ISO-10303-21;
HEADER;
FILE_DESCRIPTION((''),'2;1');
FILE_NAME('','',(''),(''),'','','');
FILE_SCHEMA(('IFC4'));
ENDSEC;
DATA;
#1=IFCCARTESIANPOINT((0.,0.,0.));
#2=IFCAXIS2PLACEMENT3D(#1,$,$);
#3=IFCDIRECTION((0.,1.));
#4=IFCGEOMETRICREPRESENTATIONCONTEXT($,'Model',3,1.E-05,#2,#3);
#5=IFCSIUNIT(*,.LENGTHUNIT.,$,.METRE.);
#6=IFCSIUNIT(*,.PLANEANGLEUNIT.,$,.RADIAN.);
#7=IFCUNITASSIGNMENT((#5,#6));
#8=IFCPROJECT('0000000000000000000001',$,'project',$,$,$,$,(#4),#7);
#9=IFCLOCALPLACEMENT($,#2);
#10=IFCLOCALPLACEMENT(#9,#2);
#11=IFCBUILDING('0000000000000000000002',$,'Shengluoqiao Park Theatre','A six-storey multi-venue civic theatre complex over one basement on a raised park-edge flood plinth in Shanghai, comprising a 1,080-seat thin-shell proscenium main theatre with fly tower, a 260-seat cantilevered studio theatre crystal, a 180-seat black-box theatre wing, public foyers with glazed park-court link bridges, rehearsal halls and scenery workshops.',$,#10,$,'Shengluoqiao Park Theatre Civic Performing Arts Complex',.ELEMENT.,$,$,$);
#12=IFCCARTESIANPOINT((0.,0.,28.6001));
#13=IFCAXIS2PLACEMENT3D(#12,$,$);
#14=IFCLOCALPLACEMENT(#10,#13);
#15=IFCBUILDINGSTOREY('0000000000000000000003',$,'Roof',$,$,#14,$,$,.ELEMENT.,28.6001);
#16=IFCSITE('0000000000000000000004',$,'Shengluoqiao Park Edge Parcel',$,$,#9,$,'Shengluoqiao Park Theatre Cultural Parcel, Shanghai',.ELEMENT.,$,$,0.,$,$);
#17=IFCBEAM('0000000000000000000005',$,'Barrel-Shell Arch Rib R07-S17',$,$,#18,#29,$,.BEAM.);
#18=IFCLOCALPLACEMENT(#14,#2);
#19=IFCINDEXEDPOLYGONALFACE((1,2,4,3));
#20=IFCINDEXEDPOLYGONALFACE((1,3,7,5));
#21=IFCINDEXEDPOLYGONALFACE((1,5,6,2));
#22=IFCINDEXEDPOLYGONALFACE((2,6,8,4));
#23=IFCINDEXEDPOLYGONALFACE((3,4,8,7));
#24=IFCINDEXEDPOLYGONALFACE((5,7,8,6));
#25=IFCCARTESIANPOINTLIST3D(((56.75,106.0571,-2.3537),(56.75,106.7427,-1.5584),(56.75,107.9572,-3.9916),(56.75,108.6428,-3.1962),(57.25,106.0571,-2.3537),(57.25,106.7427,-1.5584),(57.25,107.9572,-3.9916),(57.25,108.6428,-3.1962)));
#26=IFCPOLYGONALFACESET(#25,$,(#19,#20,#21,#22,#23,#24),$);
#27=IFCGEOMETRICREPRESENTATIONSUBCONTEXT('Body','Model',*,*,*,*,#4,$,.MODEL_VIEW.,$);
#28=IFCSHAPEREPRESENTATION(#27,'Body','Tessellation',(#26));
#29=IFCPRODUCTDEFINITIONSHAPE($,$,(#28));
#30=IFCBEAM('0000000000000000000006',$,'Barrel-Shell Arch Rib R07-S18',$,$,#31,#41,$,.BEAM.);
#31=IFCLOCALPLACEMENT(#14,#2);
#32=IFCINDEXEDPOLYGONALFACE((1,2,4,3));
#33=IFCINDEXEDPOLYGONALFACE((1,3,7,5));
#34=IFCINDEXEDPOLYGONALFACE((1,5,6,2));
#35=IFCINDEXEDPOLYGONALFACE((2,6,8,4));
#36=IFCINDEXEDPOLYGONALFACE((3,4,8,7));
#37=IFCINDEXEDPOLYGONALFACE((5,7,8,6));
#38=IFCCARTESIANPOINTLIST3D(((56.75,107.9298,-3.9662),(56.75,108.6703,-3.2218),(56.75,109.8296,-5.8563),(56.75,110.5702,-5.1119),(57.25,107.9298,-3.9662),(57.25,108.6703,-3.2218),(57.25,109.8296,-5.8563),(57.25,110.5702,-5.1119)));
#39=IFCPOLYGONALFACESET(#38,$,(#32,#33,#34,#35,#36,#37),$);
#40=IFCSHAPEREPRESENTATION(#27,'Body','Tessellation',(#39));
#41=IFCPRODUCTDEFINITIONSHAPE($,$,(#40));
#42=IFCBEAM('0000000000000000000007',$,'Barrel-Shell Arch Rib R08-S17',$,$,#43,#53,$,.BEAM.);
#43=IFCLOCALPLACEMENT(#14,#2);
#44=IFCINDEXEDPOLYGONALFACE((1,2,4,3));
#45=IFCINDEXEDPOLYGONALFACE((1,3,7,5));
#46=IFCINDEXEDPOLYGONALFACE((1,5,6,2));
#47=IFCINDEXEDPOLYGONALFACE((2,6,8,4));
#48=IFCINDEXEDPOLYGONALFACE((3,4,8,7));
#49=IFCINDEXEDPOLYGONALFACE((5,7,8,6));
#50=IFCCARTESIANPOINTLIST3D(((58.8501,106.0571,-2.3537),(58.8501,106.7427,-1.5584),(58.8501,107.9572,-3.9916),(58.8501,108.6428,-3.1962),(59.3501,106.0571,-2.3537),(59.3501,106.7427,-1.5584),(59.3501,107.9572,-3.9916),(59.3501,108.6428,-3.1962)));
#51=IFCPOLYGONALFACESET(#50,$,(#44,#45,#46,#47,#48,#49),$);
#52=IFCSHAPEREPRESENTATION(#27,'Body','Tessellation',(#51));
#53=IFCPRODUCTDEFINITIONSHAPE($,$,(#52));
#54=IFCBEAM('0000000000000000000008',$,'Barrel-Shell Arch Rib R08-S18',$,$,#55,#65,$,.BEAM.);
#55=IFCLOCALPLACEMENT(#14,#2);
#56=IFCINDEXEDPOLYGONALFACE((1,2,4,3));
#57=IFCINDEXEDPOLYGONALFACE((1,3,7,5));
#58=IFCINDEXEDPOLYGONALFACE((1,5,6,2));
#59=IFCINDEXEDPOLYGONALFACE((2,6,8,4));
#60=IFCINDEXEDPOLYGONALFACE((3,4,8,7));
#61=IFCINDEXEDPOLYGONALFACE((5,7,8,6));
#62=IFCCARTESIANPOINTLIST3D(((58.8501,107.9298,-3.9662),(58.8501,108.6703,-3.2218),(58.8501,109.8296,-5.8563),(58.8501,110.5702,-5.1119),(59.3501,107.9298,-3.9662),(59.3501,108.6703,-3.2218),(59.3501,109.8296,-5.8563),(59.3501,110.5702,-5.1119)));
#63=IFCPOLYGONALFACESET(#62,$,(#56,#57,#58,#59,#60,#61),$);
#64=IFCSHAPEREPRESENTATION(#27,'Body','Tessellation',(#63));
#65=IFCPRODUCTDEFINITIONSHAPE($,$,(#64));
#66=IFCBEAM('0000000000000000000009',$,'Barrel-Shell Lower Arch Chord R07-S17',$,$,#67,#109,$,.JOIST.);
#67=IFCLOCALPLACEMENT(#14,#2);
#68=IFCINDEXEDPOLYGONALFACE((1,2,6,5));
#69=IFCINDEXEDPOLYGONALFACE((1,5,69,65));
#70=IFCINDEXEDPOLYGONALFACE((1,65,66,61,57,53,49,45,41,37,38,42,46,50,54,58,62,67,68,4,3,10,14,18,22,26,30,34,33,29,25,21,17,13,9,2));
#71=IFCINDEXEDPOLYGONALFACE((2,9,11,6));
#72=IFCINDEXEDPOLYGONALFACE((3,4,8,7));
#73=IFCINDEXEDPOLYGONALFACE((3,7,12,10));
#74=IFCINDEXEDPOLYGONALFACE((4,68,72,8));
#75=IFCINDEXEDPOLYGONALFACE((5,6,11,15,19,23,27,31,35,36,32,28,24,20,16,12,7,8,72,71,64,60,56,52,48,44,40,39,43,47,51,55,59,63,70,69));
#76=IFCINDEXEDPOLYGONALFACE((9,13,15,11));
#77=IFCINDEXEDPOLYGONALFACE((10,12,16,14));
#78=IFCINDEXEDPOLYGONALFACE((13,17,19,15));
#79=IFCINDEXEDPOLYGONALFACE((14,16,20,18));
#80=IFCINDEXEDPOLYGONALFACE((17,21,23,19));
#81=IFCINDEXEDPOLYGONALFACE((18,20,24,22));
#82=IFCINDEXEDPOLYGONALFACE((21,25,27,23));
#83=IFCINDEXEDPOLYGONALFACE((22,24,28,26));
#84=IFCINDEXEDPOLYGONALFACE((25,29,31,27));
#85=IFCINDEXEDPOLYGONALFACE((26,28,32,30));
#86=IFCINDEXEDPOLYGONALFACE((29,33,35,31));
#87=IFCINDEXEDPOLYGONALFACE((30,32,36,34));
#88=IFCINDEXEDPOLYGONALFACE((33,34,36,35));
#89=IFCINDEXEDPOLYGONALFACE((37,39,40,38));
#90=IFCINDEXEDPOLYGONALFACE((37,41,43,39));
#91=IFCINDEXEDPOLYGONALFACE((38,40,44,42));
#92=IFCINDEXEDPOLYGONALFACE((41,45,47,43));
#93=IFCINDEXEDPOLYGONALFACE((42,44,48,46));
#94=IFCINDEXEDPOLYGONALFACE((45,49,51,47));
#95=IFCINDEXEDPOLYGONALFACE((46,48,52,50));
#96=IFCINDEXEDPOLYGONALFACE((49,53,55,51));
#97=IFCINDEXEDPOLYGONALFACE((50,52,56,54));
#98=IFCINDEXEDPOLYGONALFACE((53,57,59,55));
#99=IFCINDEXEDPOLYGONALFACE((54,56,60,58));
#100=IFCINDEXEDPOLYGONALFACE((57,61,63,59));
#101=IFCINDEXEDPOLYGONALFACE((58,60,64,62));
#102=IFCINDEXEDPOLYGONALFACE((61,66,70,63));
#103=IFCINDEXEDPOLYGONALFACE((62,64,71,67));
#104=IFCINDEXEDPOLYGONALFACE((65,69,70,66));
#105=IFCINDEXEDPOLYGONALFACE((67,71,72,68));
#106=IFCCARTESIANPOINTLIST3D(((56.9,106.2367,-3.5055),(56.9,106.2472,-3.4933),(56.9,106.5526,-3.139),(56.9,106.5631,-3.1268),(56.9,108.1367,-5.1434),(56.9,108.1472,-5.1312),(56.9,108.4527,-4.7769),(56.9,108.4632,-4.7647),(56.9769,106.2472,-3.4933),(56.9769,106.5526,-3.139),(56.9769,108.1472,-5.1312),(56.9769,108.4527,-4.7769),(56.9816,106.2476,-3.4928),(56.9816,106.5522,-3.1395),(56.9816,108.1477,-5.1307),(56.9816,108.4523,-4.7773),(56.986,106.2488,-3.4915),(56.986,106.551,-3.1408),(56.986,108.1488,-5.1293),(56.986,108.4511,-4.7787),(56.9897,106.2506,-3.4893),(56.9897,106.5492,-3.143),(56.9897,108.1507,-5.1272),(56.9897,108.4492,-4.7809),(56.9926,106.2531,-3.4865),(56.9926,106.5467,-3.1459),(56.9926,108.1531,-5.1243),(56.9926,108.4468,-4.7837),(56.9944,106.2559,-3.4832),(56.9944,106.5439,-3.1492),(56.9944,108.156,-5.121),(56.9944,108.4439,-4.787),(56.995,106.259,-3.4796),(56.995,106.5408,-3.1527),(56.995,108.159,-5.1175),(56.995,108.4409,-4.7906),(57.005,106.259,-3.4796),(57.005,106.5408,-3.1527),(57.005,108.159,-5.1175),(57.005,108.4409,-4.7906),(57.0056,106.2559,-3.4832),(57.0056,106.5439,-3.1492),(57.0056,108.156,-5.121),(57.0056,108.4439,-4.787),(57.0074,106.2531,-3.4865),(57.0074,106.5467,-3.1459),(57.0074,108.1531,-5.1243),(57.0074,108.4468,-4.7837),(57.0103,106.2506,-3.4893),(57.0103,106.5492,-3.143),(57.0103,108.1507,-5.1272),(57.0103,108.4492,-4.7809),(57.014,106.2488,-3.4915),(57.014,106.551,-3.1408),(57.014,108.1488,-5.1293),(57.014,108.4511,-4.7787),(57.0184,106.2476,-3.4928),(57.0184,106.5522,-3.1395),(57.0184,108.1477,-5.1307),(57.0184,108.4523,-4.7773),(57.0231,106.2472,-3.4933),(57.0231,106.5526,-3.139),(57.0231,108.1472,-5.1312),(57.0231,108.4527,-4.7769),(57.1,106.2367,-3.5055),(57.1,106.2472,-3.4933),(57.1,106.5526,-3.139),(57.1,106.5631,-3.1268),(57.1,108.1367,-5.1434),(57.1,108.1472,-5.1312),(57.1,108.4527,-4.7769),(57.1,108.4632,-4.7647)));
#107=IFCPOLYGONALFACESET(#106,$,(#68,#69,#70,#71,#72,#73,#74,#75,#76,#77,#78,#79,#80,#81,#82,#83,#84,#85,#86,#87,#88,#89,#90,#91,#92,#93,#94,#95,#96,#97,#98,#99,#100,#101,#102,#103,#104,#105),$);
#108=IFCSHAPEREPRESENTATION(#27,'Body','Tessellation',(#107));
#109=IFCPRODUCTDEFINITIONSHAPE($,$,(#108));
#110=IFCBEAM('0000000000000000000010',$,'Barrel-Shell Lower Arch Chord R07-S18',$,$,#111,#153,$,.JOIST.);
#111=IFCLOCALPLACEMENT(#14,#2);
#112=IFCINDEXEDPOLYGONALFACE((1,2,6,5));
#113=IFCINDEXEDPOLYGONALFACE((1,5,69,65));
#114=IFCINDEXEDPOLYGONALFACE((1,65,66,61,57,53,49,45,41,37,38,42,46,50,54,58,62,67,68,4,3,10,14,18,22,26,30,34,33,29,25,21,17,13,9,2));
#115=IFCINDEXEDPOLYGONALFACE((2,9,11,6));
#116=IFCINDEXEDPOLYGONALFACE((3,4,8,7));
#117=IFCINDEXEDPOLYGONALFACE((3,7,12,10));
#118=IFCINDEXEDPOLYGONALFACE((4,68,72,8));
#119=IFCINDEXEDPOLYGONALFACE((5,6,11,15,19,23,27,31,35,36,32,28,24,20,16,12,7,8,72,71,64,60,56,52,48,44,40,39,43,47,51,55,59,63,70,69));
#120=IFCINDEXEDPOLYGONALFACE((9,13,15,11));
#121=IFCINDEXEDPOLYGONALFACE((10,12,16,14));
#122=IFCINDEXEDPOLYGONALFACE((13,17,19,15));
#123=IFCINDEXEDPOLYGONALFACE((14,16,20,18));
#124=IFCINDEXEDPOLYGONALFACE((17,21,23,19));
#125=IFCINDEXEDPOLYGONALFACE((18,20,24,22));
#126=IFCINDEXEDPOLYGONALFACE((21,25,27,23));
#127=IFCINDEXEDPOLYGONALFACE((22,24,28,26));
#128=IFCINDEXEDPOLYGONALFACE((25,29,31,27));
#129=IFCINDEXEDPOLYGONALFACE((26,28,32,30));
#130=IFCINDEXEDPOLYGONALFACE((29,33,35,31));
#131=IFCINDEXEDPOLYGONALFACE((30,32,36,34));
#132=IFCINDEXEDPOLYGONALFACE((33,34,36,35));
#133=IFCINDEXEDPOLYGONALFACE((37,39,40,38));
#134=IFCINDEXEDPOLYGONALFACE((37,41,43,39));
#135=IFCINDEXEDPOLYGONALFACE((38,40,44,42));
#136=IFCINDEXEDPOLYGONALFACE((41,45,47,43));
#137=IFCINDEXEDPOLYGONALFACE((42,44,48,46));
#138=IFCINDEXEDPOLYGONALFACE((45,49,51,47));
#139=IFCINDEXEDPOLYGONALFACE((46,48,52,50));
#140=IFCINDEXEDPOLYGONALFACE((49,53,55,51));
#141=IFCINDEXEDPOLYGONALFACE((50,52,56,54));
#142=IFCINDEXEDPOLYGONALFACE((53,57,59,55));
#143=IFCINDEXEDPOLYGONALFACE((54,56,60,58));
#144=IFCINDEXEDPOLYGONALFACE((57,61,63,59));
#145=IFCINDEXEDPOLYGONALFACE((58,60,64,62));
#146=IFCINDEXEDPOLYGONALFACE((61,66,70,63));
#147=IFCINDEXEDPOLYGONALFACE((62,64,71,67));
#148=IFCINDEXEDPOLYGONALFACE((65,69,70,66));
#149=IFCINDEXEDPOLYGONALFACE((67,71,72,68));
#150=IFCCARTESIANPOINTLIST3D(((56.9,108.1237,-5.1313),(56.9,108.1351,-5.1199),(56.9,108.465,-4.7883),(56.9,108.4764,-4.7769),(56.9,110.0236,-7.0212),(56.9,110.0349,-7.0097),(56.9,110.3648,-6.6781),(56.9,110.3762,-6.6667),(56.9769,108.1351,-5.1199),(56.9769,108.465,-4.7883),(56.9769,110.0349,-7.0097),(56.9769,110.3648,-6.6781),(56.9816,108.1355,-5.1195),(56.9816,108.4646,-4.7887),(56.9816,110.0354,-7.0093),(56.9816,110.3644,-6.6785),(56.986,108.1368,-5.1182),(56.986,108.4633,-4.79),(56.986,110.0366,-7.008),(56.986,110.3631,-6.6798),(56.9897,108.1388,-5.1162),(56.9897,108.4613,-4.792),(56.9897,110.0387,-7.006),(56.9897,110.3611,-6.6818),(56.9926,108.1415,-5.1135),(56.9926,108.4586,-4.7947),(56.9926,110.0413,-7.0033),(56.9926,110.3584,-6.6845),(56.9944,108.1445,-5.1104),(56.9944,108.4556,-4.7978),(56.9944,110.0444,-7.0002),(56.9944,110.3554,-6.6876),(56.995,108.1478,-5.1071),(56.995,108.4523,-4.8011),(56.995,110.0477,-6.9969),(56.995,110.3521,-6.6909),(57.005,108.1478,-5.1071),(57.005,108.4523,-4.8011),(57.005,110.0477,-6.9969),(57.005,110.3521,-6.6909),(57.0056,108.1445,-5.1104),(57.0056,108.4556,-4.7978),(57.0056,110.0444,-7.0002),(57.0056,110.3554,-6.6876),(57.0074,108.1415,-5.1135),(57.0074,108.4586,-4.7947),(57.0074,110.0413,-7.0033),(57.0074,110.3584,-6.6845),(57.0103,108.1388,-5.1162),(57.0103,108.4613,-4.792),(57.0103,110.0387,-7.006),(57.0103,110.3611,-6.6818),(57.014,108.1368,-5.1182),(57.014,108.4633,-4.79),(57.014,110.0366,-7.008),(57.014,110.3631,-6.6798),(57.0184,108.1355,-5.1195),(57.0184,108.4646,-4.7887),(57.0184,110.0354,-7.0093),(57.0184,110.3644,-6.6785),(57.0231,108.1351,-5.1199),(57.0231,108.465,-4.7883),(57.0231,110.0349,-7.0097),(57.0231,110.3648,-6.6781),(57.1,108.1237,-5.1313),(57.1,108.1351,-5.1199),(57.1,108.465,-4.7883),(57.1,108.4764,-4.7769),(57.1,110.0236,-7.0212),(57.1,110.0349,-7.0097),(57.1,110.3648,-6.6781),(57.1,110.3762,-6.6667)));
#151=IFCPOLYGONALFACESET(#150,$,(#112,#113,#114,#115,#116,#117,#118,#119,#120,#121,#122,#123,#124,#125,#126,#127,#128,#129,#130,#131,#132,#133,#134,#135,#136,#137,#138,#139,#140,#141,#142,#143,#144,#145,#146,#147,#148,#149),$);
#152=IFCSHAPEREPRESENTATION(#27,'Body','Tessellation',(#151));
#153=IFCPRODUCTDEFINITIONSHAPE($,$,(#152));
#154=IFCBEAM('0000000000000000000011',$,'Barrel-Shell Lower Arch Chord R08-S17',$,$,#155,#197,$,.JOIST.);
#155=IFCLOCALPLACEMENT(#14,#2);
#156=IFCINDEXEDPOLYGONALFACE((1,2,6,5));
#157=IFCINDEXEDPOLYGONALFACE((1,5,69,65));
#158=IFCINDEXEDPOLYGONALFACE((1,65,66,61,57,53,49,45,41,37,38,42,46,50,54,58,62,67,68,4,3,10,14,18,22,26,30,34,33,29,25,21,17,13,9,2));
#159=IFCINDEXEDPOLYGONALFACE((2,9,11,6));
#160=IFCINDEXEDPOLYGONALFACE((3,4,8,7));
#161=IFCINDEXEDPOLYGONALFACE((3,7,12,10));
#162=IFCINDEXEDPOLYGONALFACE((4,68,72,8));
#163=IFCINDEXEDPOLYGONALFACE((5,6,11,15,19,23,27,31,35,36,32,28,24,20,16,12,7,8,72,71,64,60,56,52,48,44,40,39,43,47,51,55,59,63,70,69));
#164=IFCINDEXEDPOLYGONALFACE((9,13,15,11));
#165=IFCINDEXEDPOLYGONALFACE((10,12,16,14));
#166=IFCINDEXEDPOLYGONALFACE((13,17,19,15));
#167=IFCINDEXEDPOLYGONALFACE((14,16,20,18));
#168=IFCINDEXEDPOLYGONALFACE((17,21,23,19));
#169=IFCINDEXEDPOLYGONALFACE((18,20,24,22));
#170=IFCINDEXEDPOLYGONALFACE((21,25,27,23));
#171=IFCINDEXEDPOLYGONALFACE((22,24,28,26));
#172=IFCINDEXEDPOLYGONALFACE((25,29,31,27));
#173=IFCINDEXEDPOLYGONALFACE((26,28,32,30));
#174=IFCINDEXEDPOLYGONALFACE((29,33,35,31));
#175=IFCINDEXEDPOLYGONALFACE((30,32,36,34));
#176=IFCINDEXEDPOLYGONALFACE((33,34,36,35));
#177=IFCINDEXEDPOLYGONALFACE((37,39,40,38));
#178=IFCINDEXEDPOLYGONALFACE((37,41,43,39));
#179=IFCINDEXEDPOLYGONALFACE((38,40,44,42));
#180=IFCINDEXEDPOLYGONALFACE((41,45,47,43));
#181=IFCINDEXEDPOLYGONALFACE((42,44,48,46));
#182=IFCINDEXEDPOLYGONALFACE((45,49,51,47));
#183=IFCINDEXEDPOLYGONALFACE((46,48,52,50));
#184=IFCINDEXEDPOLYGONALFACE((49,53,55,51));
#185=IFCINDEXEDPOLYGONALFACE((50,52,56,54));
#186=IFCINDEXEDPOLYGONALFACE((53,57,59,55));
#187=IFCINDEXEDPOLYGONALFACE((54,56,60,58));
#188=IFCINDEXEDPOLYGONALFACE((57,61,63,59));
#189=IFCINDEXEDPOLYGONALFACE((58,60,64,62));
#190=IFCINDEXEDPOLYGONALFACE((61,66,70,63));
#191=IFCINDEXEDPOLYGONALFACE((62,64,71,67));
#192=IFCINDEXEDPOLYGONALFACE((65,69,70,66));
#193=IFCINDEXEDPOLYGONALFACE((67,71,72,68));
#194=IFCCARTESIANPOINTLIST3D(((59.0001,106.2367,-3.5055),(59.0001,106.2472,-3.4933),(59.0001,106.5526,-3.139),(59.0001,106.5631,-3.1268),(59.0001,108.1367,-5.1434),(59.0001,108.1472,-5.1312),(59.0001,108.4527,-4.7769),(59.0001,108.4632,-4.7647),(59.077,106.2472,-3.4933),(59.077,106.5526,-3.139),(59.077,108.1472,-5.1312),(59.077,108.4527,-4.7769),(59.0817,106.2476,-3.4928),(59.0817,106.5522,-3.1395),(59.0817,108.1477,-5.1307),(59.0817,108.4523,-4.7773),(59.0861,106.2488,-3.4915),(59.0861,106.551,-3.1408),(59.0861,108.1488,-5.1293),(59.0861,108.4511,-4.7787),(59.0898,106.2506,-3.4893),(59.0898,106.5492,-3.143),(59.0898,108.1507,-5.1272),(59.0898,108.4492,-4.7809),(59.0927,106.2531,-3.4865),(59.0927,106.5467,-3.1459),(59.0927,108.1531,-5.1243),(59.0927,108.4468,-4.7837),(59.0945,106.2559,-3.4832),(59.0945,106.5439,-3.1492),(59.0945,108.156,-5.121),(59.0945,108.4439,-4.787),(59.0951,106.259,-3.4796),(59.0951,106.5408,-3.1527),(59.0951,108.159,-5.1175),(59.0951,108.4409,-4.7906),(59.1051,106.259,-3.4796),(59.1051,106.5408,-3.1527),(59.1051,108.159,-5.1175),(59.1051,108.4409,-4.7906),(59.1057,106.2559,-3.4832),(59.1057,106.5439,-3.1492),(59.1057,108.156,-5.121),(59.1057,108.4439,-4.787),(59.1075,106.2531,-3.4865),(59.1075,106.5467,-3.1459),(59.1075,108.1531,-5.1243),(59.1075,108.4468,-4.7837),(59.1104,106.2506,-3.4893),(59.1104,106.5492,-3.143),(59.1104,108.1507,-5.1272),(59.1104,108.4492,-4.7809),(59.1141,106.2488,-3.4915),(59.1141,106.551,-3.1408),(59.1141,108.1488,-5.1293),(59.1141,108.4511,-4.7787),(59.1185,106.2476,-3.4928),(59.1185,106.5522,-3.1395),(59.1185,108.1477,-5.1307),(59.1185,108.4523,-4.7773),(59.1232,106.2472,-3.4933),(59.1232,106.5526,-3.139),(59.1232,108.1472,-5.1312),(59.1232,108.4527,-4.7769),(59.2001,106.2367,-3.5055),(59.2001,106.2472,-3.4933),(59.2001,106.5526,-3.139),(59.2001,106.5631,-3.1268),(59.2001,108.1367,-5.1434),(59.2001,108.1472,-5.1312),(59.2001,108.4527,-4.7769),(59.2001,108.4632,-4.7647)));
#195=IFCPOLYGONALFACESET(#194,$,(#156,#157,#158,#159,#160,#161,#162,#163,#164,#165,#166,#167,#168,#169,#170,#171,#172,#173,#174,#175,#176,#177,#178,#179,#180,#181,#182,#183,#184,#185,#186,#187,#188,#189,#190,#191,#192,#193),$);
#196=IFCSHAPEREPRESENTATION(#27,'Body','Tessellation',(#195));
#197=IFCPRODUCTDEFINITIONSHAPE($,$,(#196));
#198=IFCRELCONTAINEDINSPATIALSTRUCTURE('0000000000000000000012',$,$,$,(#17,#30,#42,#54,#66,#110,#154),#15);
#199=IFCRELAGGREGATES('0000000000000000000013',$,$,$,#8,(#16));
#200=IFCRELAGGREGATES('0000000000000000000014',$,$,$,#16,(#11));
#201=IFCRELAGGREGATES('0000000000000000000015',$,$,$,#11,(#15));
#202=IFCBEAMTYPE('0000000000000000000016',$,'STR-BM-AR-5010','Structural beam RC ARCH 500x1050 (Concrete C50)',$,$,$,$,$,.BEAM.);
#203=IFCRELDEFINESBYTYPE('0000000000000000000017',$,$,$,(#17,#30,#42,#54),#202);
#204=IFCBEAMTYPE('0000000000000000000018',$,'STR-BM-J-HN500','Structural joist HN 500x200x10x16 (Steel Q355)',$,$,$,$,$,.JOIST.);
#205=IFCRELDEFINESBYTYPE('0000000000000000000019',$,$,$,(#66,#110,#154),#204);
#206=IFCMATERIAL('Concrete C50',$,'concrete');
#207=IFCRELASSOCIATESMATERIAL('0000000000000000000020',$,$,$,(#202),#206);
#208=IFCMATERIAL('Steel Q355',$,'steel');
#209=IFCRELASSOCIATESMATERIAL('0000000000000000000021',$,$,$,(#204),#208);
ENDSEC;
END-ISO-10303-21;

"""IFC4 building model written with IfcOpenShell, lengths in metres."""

from ifc_helpers import new_model, si_unit, direction, frame, origin, origin_2d, place, context, subcontext, project, spatial, rectangle, i_section, extrude, material, material_profile, profile_set, type_object, element, save


model = new_model("IFC4")

# Units and contexts
model_context = context("Model", 3, precision=1e-05, world=origin(), true_north=direction((0.0, 1.0)))
body_context = subcontext(model_context, "Body", "Model", "MODEL_VIEW")
ifc_project = project(units=[si_unit("LENGTHUNIT", "METRE"), si_unit("PLANEANGLEUNIT", "RADIAN")], contexts=[model_context])

# Site, building, storey
site_placement = place(None, origin())
site = spatial("IfcSite", under=ifc_project, at=site_placement, Name="Shengluoqiao Park Edge Parcel", LongName="Shengluoqiao Park Theatre Cultural Parcel, Shanghai", CompositionType="ELEMENT", RefElevation=0.0)
building_placement = place(site_placement, origin())
building = spatial("IfcBuilding", under=site, at=building_placement, Name="Shengluoqiao Park Theatre", Description="A six-storey multi-venue civic theatre complex over one basement on a raised park-edge flood plinth in Shanghai, comprising a 1,080-seat thin-shell proscenium main theatre with fly tower, a 260-seat cantilevered studio theatre crystal, a 180-seat black-box theatre wing, public foyers with glazed park-court link bridges, rehearsal halls and scenery workshops.", LongName="Shengluoqiao Park Theatre Civic Performing Arts Complex", CompositionType="ELEMENT")
storey_placement = place(building_placement, frame((0.0, 0.0, 28.6001)))
storey = spatial("IfcBuildingStorey", under=building, at=storey_placement, Name="Roof", CompositionType="ELEMENT", Elevation=28.6001)

# Beams
ifc_material_1 = material(Name="Concrete C50", Category="concrete")
ifc_material_profile_1 = material_profile(ifc_material_1, rectangle(XDim=0.5, YDim=1.05, at=origin_2d()), Name="RC ARCH 500x1050")
ifc_profile_set_1 = profile_set([ifc_material_profile_1], Name="Concrete C50")
beam_type_1 = type_object("IfcBeamType", Name="STR-BM-AR-5010", Description="Structural beam RC ARCH 500x1050 (Concrete C50)", PredefinedType="BEAM", material=ifc_profile_set_1)
beam_1_placement = place(storey_placement, frame((57.0, 106.3999, -1.9561), z_axis=(0.0, 0.757433, -0.652913), x_axis=(-1.0, 0.0, 0.0)))
element("IfcBeam", 1, at=beam_1_placement, inside=storey, type_object=beam_type_1, Name="Barrel-Shell Arch Rib R07-S17", PredefinedType="BEAM", context=body_context, shape_type="SweptSolid", body=[
    extrude(rectangle(XDim=0.5, YDim=1.05, at=origin_2d()), origin(), (0.0, 0.0, 1.0), 2.5085),
])
beam_2_placement = place(storey_placement, frame((57.0, 108.3, -3.594), z_axis=(0.0, 0.708926, -0.705282), x_axis=(-1.0, 0.0, 0.0)))
element("IfcBeam", 2, at=beam_2_placement, inside=storey, type_object=beam_type_1, Name="Barrel-Shell Arch Rib R07-S18", PredefinedType="BEAM", context=body_context, shape_type="SweptSolid", body=[
    extrude(rectangle(XDim=0.5, YDim=1.05, at=origin_2d()), origin(), (0.0, 0.0, 1.0), 2.6799),
])
beam_3_placement = place(storey_placement, frame((59.1001, 106.3999, -1.9561), z_axis=(0.0, 0.757433, -0.652913), x_axis=(-1.0, 0.0, 0.0)))
element("IfcBeam", 3, at=beam_3_placement, inside=storey, type_object=beam_type_1, Name="Barrel-Shell Arch Rib R08-S17", PredefinedType="BEAM", context=body_context, shape_type="SweptSolid", body=[
    extrude(rectangle(XDim=0.5, YDim=1.05, at=origin_2d()), origin(), (0.0, 0.0, 1.0), 2.5085),
])
beam_4_placement = place(storey_placement, frame((59.1001, 108.3, -3.594), z_axis=(0.0, 0.708926, -0.705282), x_axis=(-1.0, 0.0, 0.0)))
element("IfcBeam", 4, at=beam_4_placement, inside=storey, type_object=beam_type_1, Name="Barrel-Shell Arch Rib R08-S18", PredefinedType="BEAM", context=body_context, shape_type="SweptSolid", body=[
    extrude(rectangle(XDim=0.5, YDim=1.05, at=origin_2d()), origin(), (0.0, 0.0, 1.0), 2.6799),
])
ifc_material_2 = material(Name="Steel Q355", Category="steel")
ifc_material_profile_2 = material_profile(ifc_material_2, i_section(OverallWidth=0.2, OverallDepth=0.5, WebThickness=0.01, FlangeThickness=0.0161, FilletRadius=0.0181, at=origin_2d()), Name="HN 500x200x10x16")
ifc_profile_set_2 = profile_set([ifc_material_profile_2], Name="Steel Q355")
beam_type_2 = type_object("IfcBeamType", Name="STR-BM-J-HN500", Description="Structural joist HN 500x200x10x16 (Steel Q355)", PredefinedType="JOIST", material=ifc_profile_set_2)
beam_5_placement = place(storey_placement, frame((57.0, 106.3999, -3.3162), z_axis=(0.0, 0.757433, -0.652913), x_axis=(-1.0, 0.0, 0.0)))
element("IfcBeam", 5, at=beam_5_placement, inside=storey, type_object=beam_type_2, Name="Barrel-Shell Lower Arch Chord R07-S17", PredefinedType="JOIST", context=body_context, shape_type="SweptSolid", body=[
    extrude(i_section(OverallWidth=0.2, OverallDepth=0.5, WebThickness=0.01, FlangeThickness=0.0161, FilletRadius=0.0181, at=origin_2d()), origin(), (0.0, 0.0, 1.0), 2.5085),
])
beam_6_placement = place(storey_placement, frame((57.0, 108.3, -4.9541), z_axis=(0.0, 0.708972, -0.705237), x_axis=(-1.0, 0.0, 0.0)))
element("IfcBeam", 6, at=beam_6_placement, inside=storey, type_object=beam_type_2, Name="Barrel-Shell Lower Arch Chord R07-S18", PredefinedType="JOIST", context=body_context, shape_type="SweptSolid", body=[
    extrude(i_section(OverallWidth=0.2, OverallDepth=0.5, WebThickness=0.01, FlangeThickness=0.0161, FilletRadius=0.0181, at=origin_2d()), origin(), (0.0, 0.0, 1.0), 2.6797),
])
beam_7_placement = place(storey_placement, frame((59.1001, 106.3999, -3.3162), z_axis=(0.0, 0.757433, -0.652913), x_axis=(-1.0, 0.0, 0.0)))
element("IfcBeam", 7, at=beam_7_placement, inside=storey, type_object=beam_type_2, Name="Barrel-Shell Lower Arch Chord R08-S17", PredefinedType="JOIST", context=body_context, shape_type="SweptSolid", body=[
    extrude(i_section(OverallWidth=0.2, OverallDepth=0.5, WebThickness=0.01, FlangeThickness=0.0161, FilletRadius=0.0181, at=origin_2d()), origin(), (0.0, 0.0, 1.0), 2.5085),
])

save(model, "model.ifc")
